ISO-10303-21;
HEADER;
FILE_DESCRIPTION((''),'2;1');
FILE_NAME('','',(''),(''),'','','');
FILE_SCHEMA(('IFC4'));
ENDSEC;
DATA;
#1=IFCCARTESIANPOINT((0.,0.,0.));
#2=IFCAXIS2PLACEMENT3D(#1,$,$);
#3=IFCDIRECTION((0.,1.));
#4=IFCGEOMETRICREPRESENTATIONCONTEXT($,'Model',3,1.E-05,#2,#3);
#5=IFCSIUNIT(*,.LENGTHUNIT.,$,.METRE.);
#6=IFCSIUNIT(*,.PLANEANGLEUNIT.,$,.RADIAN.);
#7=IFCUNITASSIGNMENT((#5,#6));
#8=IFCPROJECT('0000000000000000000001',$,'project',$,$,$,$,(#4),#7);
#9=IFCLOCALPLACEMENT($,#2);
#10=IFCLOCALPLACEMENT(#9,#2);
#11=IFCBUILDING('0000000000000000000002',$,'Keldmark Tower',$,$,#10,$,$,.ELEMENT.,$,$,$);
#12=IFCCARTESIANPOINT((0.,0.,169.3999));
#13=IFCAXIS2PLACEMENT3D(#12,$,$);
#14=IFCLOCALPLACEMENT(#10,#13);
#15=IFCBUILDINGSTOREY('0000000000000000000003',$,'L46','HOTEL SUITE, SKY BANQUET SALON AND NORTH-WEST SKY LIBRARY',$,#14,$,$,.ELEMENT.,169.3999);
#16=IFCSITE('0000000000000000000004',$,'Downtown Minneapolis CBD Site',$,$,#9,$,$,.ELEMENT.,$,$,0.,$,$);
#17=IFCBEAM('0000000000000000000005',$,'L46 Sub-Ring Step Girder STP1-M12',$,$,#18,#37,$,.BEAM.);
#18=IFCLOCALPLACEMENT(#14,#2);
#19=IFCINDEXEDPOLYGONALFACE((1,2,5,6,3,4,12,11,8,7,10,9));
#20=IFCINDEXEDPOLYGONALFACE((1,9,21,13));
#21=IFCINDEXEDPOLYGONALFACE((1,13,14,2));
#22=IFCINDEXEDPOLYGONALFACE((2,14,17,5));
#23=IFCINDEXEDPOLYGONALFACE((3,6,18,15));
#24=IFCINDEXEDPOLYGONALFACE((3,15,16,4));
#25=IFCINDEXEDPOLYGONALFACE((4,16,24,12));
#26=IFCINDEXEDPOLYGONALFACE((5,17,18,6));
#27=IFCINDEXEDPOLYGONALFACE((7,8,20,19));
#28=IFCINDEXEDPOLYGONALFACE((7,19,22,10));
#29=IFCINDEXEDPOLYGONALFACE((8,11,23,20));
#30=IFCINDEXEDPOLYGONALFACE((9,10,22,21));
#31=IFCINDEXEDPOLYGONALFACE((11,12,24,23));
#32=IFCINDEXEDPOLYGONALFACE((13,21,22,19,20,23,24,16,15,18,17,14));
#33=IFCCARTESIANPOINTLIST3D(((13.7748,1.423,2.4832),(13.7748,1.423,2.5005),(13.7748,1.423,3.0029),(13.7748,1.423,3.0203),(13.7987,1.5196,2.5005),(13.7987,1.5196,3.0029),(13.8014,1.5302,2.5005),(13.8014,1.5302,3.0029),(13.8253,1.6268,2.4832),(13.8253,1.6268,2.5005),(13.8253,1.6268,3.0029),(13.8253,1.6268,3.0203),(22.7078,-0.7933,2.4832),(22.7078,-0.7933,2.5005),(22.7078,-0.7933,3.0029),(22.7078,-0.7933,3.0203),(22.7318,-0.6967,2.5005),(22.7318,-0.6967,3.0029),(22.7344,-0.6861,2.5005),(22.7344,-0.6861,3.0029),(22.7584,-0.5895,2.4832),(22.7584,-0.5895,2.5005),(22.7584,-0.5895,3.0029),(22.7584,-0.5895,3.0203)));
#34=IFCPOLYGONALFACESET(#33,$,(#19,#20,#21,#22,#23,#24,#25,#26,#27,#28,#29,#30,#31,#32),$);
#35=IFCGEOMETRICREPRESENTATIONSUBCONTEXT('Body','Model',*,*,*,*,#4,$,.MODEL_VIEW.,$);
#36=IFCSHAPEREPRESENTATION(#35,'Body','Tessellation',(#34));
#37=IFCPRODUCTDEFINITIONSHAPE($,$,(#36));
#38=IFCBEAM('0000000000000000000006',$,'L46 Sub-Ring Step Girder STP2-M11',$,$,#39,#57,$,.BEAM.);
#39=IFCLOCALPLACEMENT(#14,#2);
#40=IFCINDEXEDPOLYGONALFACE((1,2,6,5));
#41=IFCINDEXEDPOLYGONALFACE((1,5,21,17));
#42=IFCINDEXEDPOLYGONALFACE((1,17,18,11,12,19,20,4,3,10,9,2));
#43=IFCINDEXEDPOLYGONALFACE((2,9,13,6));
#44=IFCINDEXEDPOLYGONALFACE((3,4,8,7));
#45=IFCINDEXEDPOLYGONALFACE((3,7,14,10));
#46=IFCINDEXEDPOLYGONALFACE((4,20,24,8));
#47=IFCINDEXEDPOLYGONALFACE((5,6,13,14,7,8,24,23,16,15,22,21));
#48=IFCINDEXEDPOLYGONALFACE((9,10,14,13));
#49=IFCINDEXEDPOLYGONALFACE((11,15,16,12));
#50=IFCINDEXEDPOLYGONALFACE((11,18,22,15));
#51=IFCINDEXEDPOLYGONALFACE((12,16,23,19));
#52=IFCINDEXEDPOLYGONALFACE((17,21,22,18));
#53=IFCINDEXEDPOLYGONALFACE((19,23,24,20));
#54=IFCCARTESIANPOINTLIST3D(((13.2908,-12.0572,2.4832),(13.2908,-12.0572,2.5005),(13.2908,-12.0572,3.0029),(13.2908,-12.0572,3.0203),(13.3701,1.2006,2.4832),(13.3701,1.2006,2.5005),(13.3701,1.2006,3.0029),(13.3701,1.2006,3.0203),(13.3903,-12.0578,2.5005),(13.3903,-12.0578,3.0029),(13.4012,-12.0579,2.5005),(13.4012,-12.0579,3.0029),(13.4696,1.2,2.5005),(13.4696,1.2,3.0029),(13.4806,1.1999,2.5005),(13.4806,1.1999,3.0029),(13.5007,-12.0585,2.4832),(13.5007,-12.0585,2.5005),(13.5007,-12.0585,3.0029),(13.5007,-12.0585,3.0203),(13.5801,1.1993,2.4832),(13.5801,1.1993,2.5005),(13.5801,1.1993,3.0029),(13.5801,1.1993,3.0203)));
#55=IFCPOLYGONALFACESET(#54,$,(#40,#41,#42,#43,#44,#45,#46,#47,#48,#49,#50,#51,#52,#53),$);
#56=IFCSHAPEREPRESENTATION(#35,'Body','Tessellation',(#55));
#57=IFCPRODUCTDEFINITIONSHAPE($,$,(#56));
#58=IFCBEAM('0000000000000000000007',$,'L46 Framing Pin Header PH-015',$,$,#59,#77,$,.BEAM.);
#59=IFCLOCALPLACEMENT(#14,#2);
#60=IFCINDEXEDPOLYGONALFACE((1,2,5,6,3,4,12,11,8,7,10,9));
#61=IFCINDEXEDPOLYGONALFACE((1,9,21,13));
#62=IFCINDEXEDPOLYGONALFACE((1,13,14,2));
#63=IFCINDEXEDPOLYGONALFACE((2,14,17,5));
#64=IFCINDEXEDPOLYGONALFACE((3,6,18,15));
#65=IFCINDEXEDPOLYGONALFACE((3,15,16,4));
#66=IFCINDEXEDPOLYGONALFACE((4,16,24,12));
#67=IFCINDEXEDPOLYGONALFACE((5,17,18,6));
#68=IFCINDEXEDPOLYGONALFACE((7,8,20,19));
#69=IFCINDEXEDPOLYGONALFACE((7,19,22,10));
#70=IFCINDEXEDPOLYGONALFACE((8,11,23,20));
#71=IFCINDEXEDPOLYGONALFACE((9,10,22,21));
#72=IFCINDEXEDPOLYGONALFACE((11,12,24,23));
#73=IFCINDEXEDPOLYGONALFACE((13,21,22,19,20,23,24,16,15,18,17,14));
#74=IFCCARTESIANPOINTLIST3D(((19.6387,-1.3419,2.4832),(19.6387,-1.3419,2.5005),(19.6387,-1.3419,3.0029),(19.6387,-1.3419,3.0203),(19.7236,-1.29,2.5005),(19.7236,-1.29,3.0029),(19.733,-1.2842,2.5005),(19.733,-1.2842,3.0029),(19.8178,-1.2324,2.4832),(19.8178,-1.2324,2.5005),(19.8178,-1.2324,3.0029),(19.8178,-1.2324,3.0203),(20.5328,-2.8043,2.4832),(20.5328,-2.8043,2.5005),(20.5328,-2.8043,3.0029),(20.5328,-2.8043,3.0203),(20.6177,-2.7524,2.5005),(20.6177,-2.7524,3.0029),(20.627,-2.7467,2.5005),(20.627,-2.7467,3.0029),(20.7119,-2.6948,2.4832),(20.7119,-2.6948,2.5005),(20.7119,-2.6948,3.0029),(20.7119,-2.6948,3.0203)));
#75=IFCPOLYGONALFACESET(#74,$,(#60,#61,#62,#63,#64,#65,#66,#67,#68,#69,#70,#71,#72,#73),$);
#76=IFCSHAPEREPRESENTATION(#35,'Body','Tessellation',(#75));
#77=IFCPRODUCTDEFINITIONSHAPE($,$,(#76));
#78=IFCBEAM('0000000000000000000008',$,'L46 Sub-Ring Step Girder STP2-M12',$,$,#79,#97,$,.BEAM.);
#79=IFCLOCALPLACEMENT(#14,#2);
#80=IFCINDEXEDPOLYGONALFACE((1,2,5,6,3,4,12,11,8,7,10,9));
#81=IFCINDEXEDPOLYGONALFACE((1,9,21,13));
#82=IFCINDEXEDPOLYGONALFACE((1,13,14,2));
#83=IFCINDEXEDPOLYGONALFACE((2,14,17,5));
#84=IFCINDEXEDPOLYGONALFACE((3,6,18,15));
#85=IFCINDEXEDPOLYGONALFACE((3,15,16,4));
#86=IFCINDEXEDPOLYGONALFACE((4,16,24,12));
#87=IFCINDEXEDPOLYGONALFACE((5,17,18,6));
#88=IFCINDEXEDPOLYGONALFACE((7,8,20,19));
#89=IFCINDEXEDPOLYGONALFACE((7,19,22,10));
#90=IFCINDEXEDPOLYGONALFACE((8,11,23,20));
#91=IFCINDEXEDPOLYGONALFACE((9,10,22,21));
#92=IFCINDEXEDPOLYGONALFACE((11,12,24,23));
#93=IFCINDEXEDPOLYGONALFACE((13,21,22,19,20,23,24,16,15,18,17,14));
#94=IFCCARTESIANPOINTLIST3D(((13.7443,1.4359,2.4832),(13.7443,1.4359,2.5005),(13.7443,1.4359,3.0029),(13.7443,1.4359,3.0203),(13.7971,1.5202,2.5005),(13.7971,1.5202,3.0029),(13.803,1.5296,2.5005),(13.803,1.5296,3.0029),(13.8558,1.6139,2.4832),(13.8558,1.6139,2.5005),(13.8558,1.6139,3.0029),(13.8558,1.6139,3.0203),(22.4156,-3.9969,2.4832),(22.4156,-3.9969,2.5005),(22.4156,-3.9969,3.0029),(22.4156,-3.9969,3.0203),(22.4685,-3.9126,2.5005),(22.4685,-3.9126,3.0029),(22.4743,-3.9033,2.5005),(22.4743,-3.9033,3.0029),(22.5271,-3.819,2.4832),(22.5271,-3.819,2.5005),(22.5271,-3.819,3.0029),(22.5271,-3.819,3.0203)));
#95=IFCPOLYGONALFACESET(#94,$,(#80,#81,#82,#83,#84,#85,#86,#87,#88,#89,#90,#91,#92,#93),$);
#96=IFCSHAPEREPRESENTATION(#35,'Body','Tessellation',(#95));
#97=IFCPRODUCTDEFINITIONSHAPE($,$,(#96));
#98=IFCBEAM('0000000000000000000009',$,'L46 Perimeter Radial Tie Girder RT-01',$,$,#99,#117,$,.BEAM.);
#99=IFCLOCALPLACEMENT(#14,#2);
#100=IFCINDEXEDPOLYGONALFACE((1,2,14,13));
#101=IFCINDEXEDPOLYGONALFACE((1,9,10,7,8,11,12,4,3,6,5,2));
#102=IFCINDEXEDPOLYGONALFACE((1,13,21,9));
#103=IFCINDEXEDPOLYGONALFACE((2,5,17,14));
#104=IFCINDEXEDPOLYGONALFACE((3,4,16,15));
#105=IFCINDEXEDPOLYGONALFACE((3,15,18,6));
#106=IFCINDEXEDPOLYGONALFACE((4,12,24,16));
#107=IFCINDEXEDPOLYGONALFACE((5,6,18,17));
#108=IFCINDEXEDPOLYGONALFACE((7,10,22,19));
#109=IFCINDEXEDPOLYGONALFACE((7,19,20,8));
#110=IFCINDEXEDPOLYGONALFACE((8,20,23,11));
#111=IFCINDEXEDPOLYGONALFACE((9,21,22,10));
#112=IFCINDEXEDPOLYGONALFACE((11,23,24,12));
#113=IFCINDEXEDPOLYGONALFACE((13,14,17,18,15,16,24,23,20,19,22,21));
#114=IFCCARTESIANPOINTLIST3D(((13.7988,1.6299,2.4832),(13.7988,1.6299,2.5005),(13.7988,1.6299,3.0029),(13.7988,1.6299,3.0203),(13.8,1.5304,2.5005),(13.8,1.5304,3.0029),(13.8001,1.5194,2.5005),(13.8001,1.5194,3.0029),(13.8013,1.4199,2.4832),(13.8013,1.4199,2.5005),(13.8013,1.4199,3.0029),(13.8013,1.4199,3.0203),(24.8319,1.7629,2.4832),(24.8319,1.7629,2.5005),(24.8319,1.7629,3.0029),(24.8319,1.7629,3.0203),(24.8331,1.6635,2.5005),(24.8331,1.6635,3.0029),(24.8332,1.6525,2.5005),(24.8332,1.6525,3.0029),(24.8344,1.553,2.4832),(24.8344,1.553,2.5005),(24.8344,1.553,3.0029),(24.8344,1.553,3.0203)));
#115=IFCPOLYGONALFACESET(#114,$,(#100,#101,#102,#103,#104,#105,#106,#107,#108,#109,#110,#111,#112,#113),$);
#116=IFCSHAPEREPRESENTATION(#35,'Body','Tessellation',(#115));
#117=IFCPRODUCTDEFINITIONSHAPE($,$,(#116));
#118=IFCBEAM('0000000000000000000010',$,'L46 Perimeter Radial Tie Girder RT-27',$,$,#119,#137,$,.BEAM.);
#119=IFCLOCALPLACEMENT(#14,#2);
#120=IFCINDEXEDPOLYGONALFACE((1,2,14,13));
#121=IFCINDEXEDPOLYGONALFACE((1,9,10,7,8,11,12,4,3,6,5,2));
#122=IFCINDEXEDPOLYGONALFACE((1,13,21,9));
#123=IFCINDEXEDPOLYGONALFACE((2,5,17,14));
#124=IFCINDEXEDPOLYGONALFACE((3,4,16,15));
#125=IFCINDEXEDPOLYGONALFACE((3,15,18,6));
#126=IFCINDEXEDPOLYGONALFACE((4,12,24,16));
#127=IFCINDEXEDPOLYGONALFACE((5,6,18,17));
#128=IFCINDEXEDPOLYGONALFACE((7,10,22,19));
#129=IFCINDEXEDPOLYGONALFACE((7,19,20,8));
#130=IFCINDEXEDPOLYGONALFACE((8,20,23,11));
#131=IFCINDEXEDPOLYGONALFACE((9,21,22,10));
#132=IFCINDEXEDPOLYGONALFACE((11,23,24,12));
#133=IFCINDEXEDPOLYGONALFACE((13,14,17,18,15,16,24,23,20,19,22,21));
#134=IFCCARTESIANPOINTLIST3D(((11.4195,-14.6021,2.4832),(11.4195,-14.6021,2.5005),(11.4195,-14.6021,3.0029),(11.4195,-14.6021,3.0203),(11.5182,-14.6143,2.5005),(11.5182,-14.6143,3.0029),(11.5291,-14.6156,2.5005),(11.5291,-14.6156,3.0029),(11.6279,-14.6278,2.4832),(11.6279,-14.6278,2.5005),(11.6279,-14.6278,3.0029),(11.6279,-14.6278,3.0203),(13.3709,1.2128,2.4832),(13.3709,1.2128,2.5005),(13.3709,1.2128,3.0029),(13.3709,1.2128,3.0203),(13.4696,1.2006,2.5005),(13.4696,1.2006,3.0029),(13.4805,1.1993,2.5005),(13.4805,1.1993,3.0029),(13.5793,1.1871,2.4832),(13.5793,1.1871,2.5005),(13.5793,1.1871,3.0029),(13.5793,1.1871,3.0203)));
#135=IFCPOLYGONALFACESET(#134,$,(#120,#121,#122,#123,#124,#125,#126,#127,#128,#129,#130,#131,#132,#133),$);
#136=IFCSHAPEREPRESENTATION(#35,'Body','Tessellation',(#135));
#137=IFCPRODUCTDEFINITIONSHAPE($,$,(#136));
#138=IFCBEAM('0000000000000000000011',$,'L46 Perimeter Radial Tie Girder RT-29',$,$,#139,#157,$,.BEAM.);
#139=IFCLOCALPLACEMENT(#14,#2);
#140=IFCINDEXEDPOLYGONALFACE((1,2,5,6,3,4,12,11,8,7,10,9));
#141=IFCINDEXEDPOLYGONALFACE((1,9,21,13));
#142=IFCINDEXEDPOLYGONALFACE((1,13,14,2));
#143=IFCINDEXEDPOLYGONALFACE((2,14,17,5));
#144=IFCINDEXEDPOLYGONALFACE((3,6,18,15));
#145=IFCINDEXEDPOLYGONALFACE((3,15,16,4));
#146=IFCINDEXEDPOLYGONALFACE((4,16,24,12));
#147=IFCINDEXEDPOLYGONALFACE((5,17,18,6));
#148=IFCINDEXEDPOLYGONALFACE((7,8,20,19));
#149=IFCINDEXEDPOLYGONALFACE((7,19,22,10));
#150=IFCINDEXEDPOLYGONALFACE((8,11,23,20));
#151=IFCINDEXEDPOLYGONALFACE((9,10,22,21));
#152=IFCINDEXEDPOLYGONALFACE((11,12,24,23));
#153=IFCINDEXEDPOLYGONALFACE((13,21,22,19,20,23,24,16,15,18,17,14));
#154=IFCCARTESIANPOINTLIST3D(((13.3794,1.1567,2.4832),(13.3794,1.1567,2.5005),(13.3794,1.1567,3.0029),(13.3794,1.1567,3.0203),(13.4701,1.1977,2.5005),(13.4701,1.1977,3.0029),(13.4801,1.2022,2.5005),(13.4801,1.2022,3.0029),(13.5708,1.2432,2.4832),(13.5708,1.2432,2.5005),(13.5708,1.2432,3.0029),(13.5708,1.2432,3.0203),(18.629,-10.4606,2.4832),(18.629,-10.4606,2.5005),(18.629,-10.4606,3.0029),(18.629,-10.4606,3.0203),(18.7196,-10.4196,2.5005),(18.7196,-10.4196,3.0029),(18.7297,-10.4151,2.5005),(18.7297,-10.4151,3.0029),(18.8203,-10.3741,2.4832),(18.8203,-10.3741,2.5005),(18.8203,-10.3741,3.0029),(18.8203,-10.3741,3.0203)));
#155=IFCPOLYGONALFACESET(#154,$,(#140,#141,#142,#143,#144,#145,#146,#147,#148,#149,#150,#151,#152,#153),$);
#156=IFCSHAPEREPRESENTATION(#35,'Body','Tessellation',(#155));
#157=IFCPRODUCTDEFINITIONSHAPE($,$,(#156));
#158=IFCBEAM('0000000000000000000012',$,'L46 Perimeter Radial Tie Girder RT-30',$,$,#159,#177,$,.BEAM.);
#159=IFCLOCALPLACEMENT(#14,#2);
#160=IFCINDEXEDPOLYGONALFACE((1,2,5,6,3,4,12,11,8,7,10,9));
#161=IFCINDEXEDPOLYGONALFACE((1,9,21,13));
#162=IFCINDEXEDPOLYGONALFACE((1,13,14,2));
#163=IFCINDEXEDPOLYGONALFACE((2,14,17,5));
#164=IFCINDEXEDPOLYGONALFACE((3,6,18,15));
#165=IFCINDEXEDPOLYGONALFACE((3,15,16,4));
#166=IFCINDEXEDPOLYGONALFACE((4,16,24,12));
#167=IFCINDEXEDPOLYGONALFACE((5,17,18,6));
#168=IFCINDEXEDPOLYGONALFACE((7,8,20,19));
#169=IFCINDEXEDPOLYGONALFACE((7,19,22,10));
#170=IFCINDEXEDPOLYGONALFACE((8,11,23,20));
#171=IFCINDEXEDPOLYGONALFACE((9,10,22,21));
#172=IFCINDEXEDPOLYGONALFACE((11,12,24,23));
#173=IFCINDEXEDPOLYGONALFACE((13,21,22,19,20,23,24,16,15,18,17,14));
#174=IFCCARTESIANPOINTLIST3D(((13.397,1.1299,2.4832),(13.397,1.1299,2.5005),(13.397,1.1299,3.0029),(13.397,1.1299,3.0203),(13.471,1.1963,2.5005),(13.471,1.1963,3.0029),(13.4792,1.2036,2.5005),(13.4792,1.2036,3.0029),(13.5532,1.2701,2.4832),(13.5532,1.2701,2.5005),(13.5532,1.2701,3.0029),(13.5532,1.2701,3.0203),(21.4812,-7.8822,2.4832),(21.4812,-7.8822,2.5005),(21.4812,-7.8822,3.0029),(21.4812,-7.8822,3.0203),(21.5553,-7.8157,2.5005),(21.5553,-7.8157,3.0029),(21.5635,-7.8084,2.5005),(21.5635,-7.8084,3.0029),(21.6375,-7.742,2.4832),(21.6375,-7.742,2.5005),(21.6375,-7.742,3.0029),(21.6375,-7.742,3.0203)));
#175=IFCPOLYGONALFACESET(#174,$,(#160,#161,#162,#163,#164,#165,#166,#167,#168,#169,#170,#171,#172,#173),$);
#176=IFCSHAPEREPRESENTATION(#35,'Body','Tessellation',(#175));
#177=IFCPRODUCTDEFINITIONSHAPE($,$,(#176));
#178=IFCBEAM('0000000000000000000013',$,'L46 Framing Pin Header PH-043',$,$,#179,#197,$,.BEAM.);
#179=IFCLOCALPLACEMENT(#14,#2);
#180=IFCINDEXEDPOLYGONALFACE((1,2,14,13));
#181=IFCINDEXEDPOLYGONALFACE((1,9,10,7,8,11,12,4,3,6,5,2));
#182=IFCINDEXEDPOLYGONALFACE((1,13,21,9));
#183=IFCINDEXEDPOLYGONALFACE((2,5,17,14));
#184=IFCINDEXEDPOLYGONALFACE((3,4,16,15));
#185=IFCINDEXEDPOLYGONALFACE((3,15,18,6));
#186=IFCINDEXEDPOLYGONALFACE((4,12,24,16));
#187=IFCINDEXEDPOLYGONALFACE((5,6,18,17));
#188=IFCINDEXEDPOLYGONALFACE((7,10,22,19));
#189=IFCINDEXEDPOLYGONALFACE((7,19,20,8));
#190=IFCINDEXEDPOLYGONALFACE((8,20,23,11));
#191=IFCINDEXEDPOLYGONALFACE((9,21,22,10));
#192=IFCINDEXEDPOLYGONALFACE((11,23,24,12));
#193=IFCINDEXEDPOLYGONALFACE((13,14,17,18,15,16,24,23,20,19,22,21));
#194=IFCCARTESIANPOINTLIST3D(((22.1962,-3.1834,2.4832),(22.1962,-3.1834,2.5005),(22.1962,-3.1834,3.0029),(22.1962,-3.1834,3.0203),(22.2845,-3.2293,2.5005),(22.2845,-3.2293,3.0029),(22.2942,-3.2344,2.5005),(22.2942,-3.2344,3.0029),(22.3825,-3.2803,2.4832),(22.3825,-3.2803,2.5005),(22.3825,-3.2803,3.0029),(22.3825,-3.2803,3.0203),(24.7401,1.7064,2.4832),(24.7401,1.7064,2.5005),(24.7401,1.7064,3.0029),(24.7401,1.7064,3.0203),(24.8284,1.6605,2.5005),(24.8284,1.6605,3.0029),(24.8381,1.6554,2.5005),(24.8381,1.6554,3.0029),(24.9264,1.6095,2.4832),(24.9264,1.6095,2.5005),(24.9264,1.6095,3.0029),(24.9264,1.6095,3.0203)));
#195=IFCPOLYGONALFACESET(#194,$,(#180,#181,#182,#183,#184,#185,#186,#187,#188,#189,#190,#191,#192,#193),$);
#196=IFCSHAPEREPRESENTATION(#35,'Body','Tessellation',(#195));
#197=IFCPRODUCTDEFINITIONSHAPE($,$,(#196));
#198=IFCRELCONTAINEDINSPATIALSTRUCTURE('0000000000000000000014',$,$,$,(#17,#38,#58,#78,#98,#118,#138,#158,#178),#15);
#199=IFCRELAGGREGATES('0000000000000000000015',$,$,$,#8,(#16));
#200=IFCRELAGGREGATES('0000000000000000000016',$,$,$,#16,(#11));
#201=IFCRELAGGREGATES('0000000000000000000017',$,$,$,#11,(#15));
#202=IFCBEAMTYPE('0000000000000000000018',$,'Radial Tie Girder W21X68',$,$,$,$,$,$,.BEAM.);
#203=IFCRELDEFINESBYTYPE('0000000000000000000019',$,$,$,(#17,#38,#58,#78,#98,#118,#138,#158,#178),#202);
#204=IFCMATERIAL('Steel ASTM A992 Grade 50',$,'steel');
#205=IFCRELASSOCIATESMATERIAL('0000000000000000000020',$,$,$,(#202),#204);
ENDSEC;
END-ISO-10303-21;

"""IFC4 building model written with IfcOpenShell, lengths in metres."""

from ifc_helpers import new_model, si_unit, direction, frame, origin, origin_2d, place, context, subcontext, project, spatial, i_section, extrude, material, material_profile, profile_set, type_object, element, save


model = new_model("IFC4")

# Units and contexts
model_context = context("Model", 3, precision=1e-05, world=origin(), true_north=direction((0.0, 1.0)))
body_context = subcontext(model_context, "Body", "Model", "MODEL_VIEW")
ifc_project = project(units=[si_unit("LENGTHUNIT", "METRE"), si_unit("PLANEANGLEUNIT", "RADIAN")], contexts=[model_context])

# Site, building, storey
site_placement = place(None, origin())
site = spatial("IfcSite", under=ifc_project, at=site_placement, Name="Downtown Minneapolis CBD Site", CompositionType="ELEMENT", RefElevation=0.0)
building_placement = place(site_placement, origin())
building = spatial("IfcBuilding", under=site, at=building_placement, Name="Keldmark Tower", CompositionType="ELEMENT")
storey_placement = place(building_placement, frame((0.0, 0.0, 169.3999)))
storey = spatial("IfcBuildingStorey", under=building, at=storey_placement, Name="L46", Description="HOTEL SUITE, SKY BANQUET SALON AND NORTH-WEST SKY LIBRARY", CompositionType="ELEMENT", Elevation=169.3999)

# Beams
ifc_material_1 = material(Name="Steel ASTM A992 Grade 50", Category="steel")
ifc_material_profile_1 = material_profile(ifc_material_1, i_section(OverallWidth=0.21, OverallDepth=0.5371, WebThickness=0.011, FlangeThickness=0.0173, at=origin_2d()), Name="W21X68")
ifc_profile_set_1 = profile_set([ifc_material_profile_1], Name="Steel ASTM A992 Grade 50")
beam_type_1 = type_object("IfcBeamType", Name="Radial Tie Girder W21X68", PredefinedType="BEAM", material=ifc_profile_set_1)
beam_1_placement = place(storey_placement, frame((13.8, 1.5249, 2.7517), z_axis=(0.970575, -0.2408, 0.0), x_axis=(0.2408, 0.970575, 0.0)))
element("IfcBeam", 1, at=beam_1_placement, inside=storey, type_object=beam_type_1, Name="L46 Sub-Ring Step Girder STP1-M12", PredefinedType="BEAM", context=body_context, shape_type="SweptSolid", body=[
    extrude(i_section(OverallWidth=0.21, OverallDepth=0.5371, WebThickness=0.011, FlangeThickness=0.0173, at=origin_2d()), origin(), (0.0, 0.0, 1.0), 9.2039),
])
beam_2_placement = place(storey_placement, frame((13.4751, 1.2, 2.7517), z_axis=(-0.005985, -0.999982, 0.0), x_axis=(0.999982, -0.005985, 0.0)))
element("IfcBeam", 2, at=beam_2_placement, inside=storey, type_object=beam_type_1, Name="L46 Sub-Ring Step Girder STP2-M11", PredefinedType="BEAM", context=body_context, shape_type="SweptSolid", body=[
    extrude(i_section(OverallWidth=0.21, OverallDepth=0.5371, WebThickness=0.011, FlangeThickness=0.0173, at=origin_2d()), origin(), (0.0, 0.0, 1.0), 13.2581),
])
beam_3_placement = place(storey_placement, frame((19.7283, -1.2871, 2.7517), z_axis=(0.5216, -0.85319, 0.0), x_axis=(0.85319, 0.5216, 0.0)))
element("IfcBeam", 3, at=beam_3_placement, inside=storey, type_object=beam_type_1, Name="L46 Framing Pin Header PH-015", PredefinedType="BEAM", context=body_context, shape_type="SweptSolid", body=[
    extrude(i_section(OverallWidth=0.21, OverallDepth=0.5371, WebThickness=0.011, FlangeThickness=0.0173, at=origin_2d()), origin(), (0.0, 0.0, 1.0), 1.7141),
])
beam_4_placement = place(storey_placement, frame((13.8, 1.5249, 2.7517), z_axis=(0.847416, -0.530929, 0.0), x_axis=(0.530929, 0.847416, 0.0)))
element("IfcBeam", 4, at=beam_4_placement, inside=storey, type_object=beam_type_1, Name="L46 Sub-Ring Step Girder STP2-M12", PredefinedType="BEAM", context=body_context, shape_type="SweptSolid", body=[
    extrude(i_section(OverallWidth=0.21, OverallDepth=0.5371, WebThickness=0.011, FlangeThickness=0.0173, at=origin_2d()), origin(), (0.0, 0.0, 1.0), 10.2327),
])
beam_5_placement = place(storey_placement, frame((13.8, 1.5249, 2.7517), z_axis=(0.999927, 0.012059, 0.0), x_axis=(-0.012059, 0.999927, 0.0)))
element("IfcBeam", 5, at=beam_5_placement, inside=storey, type_object=beam_type_1, Name="L46 Perimeter Radial Tie Girder RT-01", PredefinedType="BEAM", context=body_context, shape_type="SweptSolid", body=[
    extrude(i_section(OverallWidth=0.21, OverallDepth=0.5371, WebThickness=0.011, FlangeThickness=0.0173, at=origin_2d()), origin(), (0.0, 0.0, 1.0), 11.0339),
])
beam_6_placement = place(storey_placement, frame((13.4751, 1.2, 2.7517), z_axis=(-0.122462, -0.992473, 0.0), x_axis=(0.992473, -0.122462, 0.0)))
element("IfcBeam", 6, at=beam_6_placement, inside=storey, type_object=beam_type_1, Name="L46 Perimeter Radial Tie Girder RT-27", PredefinedType="BEAM", context=body_context, shape_type="SweptSolid", body=[
    extrude(i_section(OverallWidth=0.21, OverallDepth=0.5371, WebThickness=0.011, FlangeThickness=0.0173, at=origin_2d()), origin(), (0.0, 0.0, 1.0), 15.9348),
])
beam_7_placement = place(storey_placement, frame((13.4751, 1.2, 2.7517), z_axis=(0.411785, -0.911281, 0.0), x_axis=(0.911281, 0.411785, 0.0)))
element("IfcBeam", 7, at=beam_7_placement, inside=storey, type_object=beam_type_1, Name="L46 Perimeter Radial Tie Girder RT-29", PredefinedType="BEAM", context=body_context, shape_type="SweptSolid", body=[
    extrude(i_section(OverallWidth=0.21, OverallDepth=0.5371, WebThickness=0.011, FlangeThickness=0.0173, at=origin_2d()), origin(), (0.0, 0.0, 1.0), 12.7483),
])
beam_8_placement = place(storey_placement, frame((13.4751, 1.2, 2.7517), z_axis=(0.667753, -0.744383, 0.0), x_axis=(0.744383, 0.667753, 0.0)))
element("IfcBeam", 8, at=beam_8_placement, inside=storey, type_object=beam_type_1, Name="L46 Perimeter Radial Tie Girder RT-30", PredefinedType="BEAM", context=body_context, shape_type="SweptSolid", body=[
    extrude(i_section(OverallWidth=0.21, OverallDepth=0.5371, WebThickness=0.011, FlangeThickness=0.0173, at=origin_2d()), origin(), (0.0, 0.0, 1.0), 12.1067),
])
beam_9_placement = place(storey_placement, frame((24.8333, 1.658, 2.7517), z_axis=(-0.461524, -0.887128, 0.0), x_axis=(0.887128, -0.461524, 0.0)))
element("IfcBeam", 9, at=beam_9_placement, inside=storey, type_object=beam_type_1, Name="L46 Framing Pin Header PH-043", PredefinedType="BEAM", context=body_context, shape_type="SweptSolid", body=[
    extrude(i_section(OverallWidth=0.21, OverallDepth=0.5371, WebThickness=0.011, FlangeThickness=0.0173, at=origin_2d()), origin(), (0.0, 0.0, 1.0), 5.512),
])

save(model, "model.ifc")
